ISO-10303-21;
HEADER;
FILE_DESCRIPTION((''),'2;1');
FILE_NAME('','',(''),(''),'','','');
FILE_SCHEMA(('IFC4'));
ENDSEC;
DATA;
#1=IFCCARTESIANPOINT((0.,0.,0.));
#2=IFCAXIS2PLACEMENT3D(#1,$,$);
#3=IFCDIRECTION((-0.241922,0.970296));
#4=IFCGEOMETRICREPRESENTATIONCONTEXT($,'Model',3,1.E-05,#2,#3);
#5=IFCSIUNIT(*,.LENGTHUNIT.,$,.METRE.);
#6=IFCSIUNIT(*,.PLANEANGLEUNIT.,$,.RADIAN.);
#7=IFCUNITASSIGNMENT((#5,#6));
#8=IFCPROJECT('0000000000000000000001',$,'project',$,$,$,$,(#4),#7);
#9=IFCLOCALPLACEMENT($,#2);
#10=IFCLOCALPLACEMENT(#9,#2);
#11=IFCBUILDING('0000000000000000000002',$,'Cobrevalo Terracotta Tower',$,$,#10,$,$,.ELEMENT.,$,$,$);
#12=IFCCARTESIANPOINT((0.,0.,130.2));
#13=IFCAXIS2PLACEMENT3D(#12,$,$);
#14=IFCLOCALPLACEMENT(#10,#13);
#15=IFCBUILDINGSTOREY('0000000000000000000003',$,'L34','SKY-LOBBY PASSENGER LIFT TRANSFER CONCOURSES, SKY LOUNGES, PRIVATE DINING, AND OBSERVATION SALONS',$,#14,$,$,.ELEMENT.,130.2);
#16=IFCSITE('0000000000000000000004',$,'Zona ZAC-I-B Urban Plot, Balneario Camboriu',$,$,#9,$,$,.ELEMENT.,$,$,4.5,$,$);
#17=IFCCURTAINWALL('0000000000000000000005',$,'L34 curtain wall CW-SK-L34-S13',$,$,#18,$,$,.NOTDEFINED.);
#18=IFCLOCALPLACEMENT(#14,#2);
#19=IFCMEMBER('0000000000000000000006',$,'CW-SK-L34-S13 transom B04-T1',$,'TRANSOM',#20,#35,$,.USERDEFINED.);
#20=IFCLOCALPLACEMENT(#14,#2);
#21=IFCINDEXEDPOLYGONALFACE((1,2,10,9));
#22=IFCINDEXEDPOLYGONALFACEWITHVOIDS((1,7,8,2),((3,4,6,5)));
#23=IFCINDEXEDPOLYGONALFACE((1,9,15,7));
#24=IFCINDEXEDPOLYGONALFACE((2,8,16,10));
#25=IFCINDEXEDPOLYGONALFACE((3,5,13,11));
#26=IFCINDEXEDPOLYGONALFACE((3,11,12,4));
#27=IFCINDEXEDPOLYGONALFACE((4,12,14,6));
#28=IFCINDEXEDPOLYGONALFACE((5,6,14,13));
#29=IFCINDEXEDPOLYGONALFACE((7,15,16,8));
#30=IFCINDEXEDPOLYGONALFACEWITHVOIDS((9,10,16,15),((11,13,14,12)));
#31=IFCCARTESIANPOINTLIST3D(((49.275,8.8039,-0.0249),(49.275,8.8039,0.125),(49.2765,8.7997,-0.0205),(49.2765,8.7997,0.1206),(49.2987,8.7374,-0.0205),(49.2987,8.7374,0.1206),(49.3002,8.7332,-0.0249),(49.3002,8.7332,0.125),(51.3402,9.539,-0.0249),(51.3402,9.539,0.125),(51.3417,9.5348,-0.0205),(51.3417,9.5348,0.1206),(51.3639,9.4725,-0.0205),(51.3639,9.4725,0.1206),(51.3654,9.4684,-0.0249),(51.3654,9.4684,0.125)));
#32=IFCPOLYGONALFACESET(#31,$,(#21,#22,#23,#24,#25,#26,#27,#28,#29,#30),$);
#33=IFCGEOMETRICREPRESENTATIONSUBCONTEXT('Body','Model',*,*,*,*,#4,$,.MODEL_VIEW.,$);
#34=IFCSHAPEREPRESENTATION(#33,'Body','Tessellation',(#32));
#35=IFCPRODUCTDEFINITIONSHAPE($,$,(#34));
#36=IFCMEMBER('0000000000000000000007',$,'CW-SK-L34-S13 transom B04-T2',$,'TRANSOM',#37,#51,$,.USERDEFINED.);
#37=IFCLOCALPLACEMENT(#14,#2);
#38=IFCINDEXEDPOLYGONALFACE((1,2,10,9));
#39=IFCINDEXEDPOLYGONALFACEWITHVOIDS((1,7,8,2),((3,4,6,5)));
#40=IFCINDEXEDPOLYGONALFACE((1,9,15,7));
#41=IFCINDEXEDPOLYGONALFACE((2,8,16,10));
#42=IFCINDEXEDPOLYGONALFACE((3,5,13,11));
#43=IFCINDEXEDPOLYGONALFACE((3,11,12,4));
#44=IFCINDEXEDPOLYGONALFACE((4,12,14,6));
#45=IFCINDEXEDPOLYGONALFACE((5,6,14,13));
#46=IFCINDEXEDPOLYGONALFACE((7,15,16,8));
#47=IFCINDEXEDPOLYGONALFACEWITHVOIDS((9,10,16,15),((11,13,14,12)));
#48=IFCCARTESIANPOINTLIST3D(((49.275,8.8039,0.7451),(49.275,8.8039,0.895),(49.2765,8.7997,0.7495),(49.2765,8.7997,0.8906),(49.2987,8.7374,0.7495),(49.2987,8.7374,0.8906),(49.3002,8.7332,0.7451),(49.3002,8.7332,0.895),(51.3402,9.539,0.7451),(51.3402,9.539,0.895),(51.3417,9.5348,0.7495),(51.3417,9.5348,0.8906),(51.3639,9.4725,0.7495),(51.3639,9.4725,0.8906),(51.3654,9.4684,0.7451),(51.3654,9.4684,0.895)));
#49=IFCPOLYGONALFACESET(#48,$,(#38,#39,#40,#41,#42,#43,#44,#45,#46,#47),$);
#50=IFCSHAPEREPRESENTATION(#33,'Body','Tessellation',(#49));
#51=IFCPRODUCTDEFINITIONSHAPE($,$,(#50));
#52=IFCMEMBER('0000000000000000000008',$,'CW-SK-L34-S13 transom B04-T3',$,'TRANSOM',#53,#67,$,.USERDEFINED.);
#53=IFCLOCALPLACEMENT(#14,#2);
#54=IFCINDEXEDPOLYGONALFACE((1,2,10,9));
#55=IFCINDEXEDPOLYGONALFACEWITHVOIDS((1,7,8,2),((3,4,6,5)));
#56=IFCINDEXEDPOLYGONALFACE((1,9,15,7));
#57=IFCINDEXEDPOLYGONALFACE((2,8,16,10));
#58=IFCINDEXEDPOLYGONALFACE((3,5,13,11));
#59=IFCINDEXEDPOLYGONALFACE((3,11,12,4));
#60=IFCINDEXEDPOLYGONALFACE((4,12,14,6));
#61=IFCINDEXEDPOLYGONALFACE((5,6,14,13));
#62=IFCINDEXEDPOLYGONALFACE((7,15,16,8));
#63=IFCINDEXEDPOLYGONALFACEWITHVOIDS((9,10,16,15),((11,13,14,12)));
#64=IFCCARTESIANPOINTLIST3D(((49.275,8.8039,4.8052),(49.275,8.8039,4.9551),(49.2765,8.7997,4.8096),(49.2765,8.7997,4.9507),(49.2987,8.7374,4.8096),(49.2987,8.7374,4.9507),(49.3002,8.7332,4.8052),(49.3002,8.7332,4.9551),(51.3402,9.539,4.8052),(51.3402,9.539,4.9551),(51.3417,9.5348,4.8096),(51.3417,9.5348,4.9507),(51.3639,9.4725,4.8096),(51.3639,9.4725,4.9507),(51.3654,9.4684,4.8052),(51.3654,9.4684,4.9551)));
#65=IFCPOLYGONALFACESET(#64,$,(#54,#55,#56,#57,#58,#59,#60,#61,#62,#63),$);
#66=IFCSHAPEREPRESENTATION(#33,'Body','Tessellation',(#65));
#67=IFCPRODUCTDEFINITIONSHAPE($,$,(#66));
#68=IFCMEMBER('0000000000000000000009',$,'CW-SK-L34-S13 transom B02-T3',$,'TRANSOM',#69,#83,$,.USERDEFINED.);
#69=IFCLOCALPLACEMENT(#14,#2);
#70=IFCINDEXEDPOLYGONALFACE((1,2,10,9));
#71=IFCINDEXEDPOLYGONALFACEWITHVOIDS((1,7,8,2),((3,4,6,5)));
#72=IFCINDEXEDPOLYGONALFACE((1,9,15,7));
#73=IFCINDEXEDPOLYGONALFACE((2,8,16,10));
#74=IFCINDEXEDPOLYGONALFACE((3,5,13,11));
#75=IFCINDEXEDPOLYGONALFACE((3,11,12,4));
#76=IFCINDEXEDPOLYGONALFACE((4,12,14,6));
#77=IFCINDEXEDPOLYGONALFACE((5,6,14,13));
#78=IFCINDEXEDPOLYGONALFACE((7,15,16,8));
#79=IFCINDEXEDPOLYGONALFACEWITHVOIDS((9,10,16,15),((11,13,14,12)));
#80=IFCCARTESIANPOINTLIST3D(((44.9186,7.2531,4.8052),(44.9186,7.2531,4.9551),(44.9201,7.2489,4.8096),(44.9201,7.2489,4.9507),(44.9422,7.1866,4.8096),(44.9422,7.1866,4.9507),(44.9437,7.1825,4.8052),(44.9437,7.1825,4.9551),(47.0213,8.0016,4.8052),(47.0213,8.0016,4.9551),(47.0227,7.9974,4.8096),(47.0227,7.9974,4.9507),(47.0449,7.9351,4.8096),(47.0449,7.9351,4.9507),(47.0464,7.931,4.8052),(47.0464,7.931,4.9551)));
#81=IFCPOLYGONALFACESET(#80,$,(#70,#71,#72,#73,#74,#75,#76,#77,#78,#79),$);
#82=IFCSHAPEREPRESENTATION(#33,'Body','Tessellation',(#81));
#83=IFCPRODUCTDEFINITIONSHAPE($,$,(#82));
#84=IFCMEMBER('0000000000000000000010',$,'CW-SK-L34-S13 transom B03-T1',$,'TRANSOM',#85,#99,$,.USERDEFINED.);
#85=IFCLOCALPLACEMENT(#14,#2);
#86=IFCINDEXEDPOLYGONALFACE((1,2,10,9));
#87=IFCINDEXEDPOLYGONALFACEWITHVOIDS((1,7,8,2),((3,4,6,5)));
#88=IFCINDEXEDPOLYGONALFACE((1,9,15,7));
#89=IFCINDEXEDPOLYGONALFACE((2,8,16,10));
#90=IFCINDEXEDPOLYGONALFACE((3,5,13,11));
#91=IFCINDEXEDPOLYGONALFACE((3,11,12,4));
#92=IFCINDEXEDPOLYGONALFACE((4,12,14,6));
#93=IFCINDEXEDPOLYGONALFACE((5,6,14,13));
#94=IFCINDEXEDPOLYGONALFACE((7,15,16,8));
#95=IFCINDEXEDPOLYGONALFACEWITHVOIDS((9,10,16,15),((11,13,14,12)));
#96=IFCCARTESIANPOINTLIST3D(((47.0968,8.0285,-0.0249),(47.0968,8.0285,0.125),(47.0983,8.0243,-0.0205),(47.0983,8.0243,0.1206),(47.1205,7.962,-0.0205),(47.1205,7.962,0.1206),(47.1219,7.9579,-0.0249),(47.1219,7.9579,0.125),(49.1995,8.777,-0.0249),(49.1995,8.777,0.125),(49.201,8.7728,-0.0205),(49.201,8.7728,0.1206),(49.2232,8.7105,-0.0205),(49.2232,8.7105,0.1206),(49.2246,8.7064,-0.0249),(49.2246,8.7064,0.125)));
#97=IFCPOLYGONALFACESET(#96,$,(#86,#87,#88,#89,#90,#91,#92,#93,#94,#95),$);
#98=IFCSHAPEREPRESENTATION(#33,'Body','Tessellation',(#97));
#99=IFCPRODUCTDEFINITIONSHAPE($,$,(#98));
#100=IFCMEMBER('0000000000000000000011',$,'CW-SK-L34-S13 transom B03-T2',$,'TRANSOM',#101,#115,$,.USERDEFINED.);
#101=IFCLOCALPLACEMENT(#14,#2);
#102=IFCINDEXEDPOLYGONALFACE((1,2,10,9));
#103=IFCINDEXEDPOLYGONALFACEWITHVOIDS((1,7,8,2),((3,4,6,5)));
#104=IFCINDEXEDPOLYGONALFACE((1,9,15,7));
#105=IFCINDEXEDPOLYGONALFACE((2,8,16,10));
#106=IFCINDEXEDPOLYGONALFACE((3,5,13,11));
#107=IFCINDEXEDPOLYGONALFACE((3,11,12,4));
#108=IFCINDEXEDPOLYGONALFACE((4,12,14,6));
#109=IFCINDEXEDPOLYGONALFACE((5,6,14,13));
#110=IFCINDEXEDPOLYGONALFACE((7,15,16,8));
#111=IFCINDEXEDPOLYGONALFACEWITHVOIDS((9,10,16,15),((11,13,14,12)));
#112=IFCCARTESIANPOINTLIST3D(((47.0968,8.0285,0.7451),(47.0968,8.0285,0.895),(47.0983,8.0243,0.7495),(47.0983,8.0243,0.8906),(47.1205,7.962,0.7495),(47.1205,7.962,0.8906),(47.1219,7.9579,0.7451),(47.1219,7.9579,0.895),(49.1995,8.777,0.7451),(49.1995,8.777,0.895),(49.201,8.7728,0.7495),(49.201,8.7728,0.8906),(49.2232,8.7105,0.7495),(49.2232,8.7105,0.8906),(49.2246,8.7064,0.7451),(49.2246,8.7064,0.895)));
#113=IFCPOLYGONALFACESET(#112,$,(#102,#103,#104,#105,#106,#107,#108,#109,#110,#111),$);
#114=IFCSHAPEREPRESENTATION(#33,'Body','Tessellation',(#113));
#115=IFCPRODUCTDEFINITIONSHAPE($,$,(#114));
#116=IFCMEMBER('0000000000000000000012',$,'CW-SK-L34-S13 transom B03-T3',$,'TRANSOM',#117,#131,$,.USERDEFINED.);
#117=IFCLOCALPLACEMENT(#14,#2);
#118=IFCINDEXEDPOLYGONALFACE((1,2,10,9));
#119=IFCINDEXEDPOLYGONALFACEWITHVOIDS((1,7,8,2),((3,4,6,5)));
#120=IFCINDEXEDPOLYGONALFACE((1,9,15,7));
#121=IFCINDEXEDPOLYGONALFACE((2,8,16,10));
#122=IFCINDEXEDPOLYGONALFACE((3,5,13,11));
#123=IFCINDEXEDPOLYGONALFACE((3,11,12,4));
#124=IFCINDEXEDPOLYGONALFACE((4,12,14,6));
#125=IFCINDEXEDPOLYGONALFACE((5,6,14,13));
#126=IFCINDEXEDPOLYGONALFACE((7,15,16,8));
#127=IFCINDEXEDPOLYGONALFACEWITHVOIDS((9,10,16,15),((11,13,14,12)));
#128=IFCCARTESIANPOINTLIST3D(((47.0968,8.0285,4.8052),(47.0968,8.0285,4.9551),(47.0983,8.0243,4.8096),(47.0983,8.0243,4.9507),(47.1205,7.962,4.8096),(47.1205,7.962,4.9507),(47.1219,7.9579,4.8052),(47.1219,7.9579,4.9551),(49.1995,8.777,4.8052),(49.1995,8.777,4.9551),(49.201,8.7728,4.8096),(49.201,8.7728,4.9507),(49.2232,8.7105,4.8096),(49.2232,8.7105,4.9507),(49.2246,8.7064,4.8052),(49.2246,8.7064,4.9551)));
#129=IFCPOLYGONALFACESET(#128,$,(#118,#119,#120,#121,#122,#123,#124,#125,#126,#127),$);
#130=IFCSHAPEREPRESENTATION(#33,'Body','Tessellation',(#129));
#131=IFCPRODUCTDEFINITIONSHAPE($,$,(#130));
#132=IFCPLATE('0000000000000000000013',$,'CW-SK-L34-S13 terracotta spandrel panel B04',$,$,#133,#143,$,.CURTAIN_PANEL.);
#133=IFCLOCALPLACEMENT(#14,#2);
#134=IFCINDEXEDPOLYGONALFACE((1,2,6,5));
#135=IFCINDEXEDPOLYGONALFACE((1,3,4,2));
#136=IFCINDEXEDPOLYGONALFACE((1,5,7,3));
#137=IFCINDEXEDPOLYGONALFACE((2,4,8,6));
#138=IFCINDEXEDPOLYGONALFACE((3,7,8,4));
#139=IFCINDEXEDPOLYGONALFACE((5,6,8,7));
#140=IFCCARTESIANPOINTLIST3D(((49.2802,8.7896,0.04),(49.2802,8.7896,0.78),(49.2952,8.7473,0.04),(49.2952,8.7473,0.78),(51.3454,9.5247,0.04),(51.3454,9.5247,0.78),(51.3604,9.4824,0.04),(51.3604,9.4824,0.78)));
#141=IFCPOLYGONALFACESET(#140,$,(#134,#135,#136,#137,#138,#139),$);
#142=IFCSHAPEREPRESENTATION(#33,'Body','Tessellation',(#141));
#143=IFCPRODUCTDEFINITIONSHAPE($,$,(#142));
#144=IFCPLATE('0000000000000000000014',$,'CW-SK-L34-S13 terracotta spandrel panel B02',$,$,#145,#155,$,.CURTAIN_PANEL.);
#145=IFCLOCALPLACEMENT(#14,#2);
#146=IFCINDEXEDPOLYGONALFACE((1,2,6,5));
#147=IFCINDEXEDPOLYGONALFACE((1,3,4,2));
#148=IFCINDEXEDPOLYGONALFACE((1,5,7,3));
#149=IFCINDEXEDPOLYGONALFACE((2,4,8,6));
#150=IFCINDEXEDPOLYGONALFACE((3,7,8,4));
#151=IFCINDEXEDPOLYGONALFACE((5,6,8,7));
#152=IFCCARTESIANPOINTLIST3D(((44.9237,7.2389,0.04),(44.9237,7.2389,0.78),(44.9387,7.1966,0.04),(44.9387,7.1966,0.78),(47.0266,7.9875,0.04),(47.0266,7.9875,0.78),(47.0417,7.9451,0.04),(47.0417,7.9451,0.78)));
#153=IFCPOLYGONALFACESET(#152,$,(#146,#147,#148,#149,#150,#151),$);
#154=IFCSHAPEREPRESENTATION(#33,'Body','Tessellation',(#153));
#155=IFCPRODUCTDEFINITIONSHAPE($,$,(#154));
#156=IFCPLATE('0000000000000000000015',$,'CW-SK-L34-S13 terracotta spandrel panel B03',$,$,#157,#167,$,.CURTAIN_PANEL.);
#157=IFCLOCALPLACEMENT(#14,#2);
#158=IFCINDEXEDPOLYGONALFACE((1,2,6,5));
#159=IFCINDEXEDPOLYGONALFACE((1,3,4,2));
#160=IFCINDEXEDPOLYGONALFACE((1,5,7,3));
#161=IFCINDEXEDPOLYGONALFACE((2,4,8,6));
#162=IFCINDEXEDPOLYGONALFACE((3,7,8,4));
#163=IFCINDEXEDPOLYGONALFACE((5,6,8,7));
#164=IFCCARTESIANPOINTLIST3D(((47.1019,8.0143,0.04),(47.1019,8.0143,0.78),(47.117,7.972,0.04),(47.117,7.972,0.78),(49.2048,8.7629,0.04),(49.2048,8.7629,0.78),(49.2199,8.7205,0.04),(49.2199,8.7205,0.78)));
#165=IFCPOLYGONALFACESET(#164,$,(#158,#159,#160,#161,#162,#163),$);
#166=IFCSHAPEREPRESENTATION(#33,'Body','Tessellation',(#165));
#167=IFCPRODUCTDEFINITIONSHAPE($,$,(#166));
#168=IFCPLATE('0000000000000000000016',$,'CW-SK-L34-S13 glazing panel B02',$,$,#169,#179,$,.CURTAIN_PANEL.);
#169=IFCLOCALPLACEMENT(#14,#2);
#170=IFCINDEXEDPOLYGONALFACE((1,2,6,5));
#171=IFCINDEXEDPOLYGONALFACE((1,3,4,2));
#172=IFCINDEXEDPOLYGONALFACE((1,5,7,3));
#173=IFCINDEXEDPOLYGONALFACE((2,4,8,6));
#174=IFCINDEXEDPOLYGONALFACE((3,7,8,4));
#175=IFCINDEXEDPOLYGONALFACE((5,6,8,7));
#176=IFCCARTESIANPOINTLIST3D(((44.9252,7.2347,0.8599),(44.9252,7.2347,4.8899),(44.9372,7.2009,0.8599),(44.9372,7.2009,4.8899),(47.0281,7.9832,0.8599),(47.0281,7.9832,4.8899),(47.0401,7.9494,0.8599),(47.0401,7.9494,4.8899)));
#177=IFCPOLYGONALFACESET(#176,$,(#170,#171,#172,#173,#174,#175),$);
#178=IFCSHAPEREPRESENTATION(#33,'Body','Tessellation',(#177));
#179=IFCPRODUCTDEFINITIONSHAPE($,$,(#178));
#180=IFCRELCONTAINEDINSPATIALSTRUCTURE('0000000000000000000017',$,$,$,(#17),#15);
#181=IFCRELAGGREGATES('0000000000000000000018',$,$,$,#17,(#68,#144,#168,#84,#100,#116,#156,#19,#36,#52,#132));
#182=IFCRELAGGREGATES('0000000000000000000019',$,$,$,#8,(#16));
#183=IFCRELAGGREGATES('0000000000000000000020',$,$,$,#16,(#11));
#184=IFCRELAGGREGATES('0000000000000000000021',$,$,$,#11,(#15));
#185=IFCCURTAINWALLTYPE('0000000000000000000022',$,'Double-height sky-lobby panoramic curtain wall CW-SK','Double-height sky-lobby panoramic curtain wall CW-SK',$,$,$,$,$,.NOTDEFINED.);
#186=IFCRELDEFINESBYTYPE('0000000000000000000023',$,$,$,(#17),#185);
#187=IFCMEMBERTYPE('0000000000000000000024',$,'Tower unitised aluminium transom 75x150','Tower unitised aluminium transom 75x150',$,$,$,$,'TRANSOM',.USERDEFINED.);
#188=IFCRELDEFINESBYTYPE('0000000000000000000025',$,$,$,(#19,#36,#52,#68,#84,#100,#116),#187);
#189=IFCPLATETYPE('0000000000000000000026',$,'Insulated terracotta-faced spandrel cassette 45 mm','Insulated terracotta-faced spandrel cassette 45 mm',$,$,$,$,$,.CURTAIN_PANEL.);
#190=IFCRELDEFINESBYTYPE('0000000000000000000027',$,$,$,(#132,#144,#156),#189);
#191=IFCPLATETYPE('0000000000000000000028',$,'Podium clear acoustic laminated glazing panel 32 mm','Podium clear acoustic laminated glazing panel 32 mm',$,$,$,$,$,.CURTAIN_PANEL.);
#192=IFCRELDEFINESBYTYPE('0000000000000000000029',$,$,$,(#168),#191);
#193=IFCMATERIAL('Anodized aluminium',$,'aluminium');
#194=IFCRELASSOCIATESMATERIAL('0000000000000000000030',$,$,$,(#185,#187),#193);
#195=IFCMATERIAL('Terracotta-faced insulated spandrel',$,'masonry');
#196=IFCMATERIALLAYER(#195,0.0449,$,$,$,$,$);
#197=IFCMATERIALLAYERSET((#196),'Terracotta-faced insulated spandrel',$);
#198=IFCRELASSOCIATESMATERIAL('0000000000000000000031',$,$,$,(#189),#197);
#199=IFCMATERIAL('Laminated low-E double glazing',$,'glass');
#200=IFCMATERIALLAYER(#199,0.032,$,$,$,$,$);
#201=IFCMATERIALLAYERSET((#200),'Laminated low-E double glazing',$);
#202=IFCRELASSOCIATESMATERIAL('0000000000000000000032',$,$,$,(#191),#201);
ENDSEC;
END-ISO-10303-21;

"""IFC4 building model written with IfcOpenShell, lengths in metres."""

from ifc_helpers import new_model, si_unit, direction, frame, origin, origin_2d, place, context, subcontext, project, spatial, rectangle, hollow_rectangle, extrude, source, transform, mapped, material, layer, layer_set, material_profile, profile_set, type_object, element, aggregate, save


model = new_model("IFC4")

# Units and contexts
model_context = context("Model", 3, precision=1e-05, world=origin(), true_north=direction((-0.241922, 0.970296)))
body_context = subcontext(model_context, "Body", "Model", "MODEL_VIEW")
ifc_project = project(units=[si_unit("LENGTHUNIT", "METRE"), si_unit("PLANEANGLEUNIT", "RADIAN")], contexts=[model_context])

# Site, building, storey
site_placement = place(None, origin())
site = spatial("IfcSite", under=ifc_project, at=site_placement, Name="Zona ZAC-I-B Urban Plot, Balneario Camboriu", CompositionType="ELEMENT", RefElevation=4.5)
building_placement = place(site_placement, origin())
building = spatial("IfcBuilding", under=site, at=building_placement, Name="Cobrevalo Terracotta Tower", CompositionType="ELEMENT")
storey_placement = place(building_placement, frame((0.0, 0.0, 130.2)))
storey = spatial("IfcBuildingStorey", under=building, at=storey_placement, Name="L34", Description="SKY-LOBBY PASSENGER LIFT TRANSFER CONCOURSES, SKY LOUNGES, PRIVATE DINING, AND OBSERVATION SALONS", CompositionType="ELEMENT", Elevation=130.2)

# Curtain wall, members, plates
ifc_material_1 = material(Name="Anodized aluminium", Category="aluminium")
curtain_wall_type = type_object("IfcCurtainWallType", Name="Double-height sky-lobby panoramic curtain wall CW-SK", Description="Double-height sky-lobby panoramic curtain wall CW-SK", PredefinedType="NOTDEFINED", material=ifc_material_1)
curtain_wall_placement = place(storey_placement, origin())
curtain_wall = element("IfcCurtainWall", 1, at=curtain_wall_placement, inside=storey, type_object=curtain_wall_type, Name="L34 curtain wall CW-SK-L34-S13", PredefinedType="NOTDEFINED")
ifc_material_profile_1 = material_profile(ifc_material_1, hollow_rectangle(XDim=0.075, YDim=0.1499, WallThickness=0.0044, at=origin_2d()), Name="CWT 75x150")
ifc_profile_set_1 = profile_set([ifc_material_profile_1], Name="Anodized aluminium")
member_type_1 = type_object("IfcMemberType", Name="Tower unitised aluminium transom 75x150", Description="Tower unitised aluminium transom 75x150", ElementType="TRANSOM", PredefinedType="USERDEFINED", material=ifc_profile_set_1)
shared_shape_1 = source(origin(), body_context, "Body", "SweptSolid", [
    extrude(hollow_rectangle(XDim=0.075, YDim=0.1499, WallThickness=0.0044, at=origin_2d()), origin(), (0.0, 0.0, 1.0), 2.1921),
])
member_1_placement = place(storey_placement, frame((49.2876, 8.7686, 0.05), z_axis=(0.942097, 0.335341, 0.0), x_axis=(-0.335341, 0.942097, 0.0)))
member_1 = element("IfcMember", 2, at=member_1_placement, type_object=member_type_1, Name="CW-SK-L34-S13 transom B04-T1", ObjectType="TRANSOM", PredefinedType="USERDEFINED", context=body_context, shape_type="MappedRepresentation", body=[
    mapped(shared_shape_1, transform((0.0, 0.0, 0.0), scale=1.0)),
])
member_2_placement = place(storey_placement, frame((49.2876, 8.7686, 0.8201), z_axis=(0.942097, 0.335341, 0.0), x_axis=(-0.335341, 0.942097, 0.0)))
member_2 = element("IfcMember", 3, at=member_2_placement, type_object=member_type_1, Name="CW-SK-L34-S13 transom B04-T2", ObjectType="TRANSOM", PredefinedType="USERDEFINED", context=body_context, shape_type="MappedRepresentation", body=[
    mapped(shared_shape_1, transform((0.0, 0.0, 0.0), scale=1.0)),
])
member_3_placement = place(storey_placement, frame((49.2876, 8.7686, 4.8801), z_axis=(0.942097, 0.335341, 0.0), x_axis=(-0.335341, 0.942097, 0.0)))
member_3 = element("IfcMember", 4, at=member_3_placement, type_object=member_type_1, Name="CW-SK-L34-S13 transom B04-T3", ObjectType="TRANSOM", PredefinedType="USERDEFINED", context=body_context, shape_type="MappedRepresentation", body=[
    mapped(shared_shape_1, transform((0.0, 0.0, 0.0), scale=1.0)),
])
shared_shape_2 = source(origin(), body_context, "Body", "SweptSolid", [
    extrude(hollow_rectangle(XDim=0.075, YDim=0.1499, WallThickness=0.0044, at=origin_2d()), origin(), (0.0, 0.0, 1.0), 2.2319),
])
member_4_placement = place(storey_placement, frame((44.9312, 7.2178, 4.8801), z_axis=(0.94209, 0.335359, 0.0), x_axis=(-0.335359, 0.94209, 0.0)))
member_4 = element("IfcMember", 5, at=member_4_placement, type_object=member_type_1, Name="CW-SK-L34-S13 transom B02-T3", ObjectType="TRANSOM", PredefinedType="USERDEFINED", context=body_context, shape_type="MappedRepresentation", body=[
    mapped(shared_shape_2, transform((0.0, 0.0, 0.0), scale=1.0)),
])
member_5_placement = place(storey_placement, frame((47.1094, 7.9932, 0.05), z_axis=(0.94209, 0.335359, 0.0), x_axis=(-0.335359, 0.94209, 0.0)))
member_5 = element("IfcMember", 6, at=member_5_placement, type_object=member_type_1, Name="CW-SK-L34-S13 transom B03-T1", ObjectType="TRANSOM", PredefinedType="USERDEFINED", context=body_context, shape_type="MappedRepresentation", body=[
    mapped(shared_shape_2, transform((0.0, 0.0, 0.0), scale=1.0)),
])
member_6_placement = place(storey_placement, frame((47.1094, 7.9932, 0.8201), z_axis=(0.94209, 0.335359, 0.0), x_axis=(-0.335359, 0.94209, 0.0)))
member_6 = element("IfcMember", 7, at=member_6_placement, type_object=member_type_1, Name="CW-SK-L34-S13 transom B03-T2", ObjectType="TRANSOM", PredefinedType="USERDEFINED", context=body_context, shape_type="MappedRepresentation", body=[
    mapped(shared_shape_2, transform((0.0, 0.0, 0.0), scale=1.0)),
])
member_7_placement = place(storey_placement, frame((47.1094, 7.9932, 4.8801), z_axis=(0.94209, 0.335359, 0.0), x_axis=(-0.335359, 0.94209, 0.0)))
member_7 = element("IfcMember", 8, at=member_7_placement, type_object=member_type_1, Name="CW-SK-L34-S13 transom B03-T3", ObjectType="TRANSOM", PredefinedType="USERDEFINED", context=body_context, shape_type="MappedRepresentation", body=[
    mapped(shared_shape_2, transform((0.0, 0.0, 0.0), scale=1.0)),
])
ifc_material_2 = material(Name="Terracotta-faced insulated spandrel", Category="masonry")
ifc_layer_1 = layer(ifc_material_2, 0.0449)
ifc_layer_set_1 = layer_set([ifc_layer_1], Name="Terracotta-faced insulated spandrel")
plate_type_1 = type_object("IfcPlateType", Name="Insulated terracotta-faced spandrel cassette 45 mm", Description="Insulated terracotta-faced spandrel cassette 45 mm", PredefinedType="CURTAIN_PANEL", material=ifc_layer_set_1)
shared_shape_3 = source(origin(), body_context, "Body", "SweptSolid", [
    extrude(rectangle(XDim=2.1921, YDim=0.0449, at=origin_2d()), origin(), (0.0, 0.0, 1.0), 0.74),
])
plate_1_placement = place(storey_placement, frame((50.3203, 9.136, 0.04), z_axis=(0.0, 0.0, 1.0), x_axis=(0.942098, 0.335336, 0.0)))
plate_1 = element("IfcPlate", 9, at=plate_1_placement, type_object=plate_type_1, Name="CW-SK-L34-S13 terracotta spandrel panel B04", PredefinedType="CURTAIN_PANEL", context=body_context, shape_type="MappedRepresentation", body=[
    mapped(shared_shape_3, transform((0.0, 0.0, 0.0), scale=1.0)),
])
shared_shape_4 = source(origin(), body_context, "Body", "SweptSolid", [
    extrude(rectangle(XDim=2.2322, YDim=0.0449, at=origin_2d()), origin(), (0.0, 0.0, 1.0), 0.74),
])
plate_2_placement = place(storey_placement, frame((45.9827, 7.592, 0.04), z_axis=(0.0, 0.0, 1.0), x_axis=(0.942098, 0.335336, 0.0)))
plate_2 = element("IfcPlate", 10, at=plate_2_placement, type_object=plate_type_1, Name="CW-SK-L34-S13 terracotta spandrel panel B02", PredefinedType="CURTAIN_PANEL", context=body_context, shape_type="MappedRepresentation", body=[
    mapped(shared_shape_4, transform((0.0, 0.0, 0.0), scale=1.0)),
])
plate_3_placement = place(storey_placement, frame((48.1609, 8.3674, 0.04), z_axis=(0.0, 0.0, 1.0), x_axis=(0.942098, 0.335336, 0.0)))
plate_3 = element("IfcPlate", 11, at=plate_3_placement, type_object=plate_type_1, Name="CW-SK-L34-S13 terracotta spandrel panel B03", PredefinedType="CURTAIN_PANEL", context=body_context, shape_type="MappedRepresentation", body=[
    mapped(shared_shape_4, transform((0.0, 0.0, 0.0), scale=1.0)),
])
ifc_material_3 = material(Name="Laminated low-E double glazing", Category="glass")
ifc_layer_2 = layer(ifc_material_3, 0.032)
ifc_layer_set_2 = layer_set([ifc_layer_2], Name="Laminated low-E double glazing")
plate_type_2 = type_object("IfcPlateType", Name="Podium clear acoustic laminated glazing panel 32 mm", Description="Podium clear acoustic laminated glazing panel 32 mm", PredefinedType="CURTAIN_PANEL", material=ifc_layer_set_2)
shared_shape_5 = source(origin(), body_context, "Body", "SweptSolid", [
    extrude(rectangle(XDim=2.2322, YDim=0.0359, at=origin_2d()), origin(), (0.0, 0.0, 1.0), 4.03),
])
plate_4_placement = place(storey_placement, frame((45.9827, 7.592, 0.8599), z_axis=(0.0, 0.0, 1.0), x_axis=(0.942098, 0.335336, 0.0)))
plate_4 = element("IfcPlate", 12, at=plate_4_placement, type_object=plate_type_2, Name="CW-SK-L34-S13 glazing panel B02", PredefinedType="CURTAIN_PANEL", context=body_context, shape_type="MappedRepresentation", body=[
    mapped(shared_shape_5, transform((0.0, 0.0, 0.0), scale=1.0)),
])
aggregate(curtain_wall, [member_4, plate_2, plate_4, member_5, member_6, member_7, plate_3, member_1, member_2, member_3, plate_1])

save(model, "model.ifc")
